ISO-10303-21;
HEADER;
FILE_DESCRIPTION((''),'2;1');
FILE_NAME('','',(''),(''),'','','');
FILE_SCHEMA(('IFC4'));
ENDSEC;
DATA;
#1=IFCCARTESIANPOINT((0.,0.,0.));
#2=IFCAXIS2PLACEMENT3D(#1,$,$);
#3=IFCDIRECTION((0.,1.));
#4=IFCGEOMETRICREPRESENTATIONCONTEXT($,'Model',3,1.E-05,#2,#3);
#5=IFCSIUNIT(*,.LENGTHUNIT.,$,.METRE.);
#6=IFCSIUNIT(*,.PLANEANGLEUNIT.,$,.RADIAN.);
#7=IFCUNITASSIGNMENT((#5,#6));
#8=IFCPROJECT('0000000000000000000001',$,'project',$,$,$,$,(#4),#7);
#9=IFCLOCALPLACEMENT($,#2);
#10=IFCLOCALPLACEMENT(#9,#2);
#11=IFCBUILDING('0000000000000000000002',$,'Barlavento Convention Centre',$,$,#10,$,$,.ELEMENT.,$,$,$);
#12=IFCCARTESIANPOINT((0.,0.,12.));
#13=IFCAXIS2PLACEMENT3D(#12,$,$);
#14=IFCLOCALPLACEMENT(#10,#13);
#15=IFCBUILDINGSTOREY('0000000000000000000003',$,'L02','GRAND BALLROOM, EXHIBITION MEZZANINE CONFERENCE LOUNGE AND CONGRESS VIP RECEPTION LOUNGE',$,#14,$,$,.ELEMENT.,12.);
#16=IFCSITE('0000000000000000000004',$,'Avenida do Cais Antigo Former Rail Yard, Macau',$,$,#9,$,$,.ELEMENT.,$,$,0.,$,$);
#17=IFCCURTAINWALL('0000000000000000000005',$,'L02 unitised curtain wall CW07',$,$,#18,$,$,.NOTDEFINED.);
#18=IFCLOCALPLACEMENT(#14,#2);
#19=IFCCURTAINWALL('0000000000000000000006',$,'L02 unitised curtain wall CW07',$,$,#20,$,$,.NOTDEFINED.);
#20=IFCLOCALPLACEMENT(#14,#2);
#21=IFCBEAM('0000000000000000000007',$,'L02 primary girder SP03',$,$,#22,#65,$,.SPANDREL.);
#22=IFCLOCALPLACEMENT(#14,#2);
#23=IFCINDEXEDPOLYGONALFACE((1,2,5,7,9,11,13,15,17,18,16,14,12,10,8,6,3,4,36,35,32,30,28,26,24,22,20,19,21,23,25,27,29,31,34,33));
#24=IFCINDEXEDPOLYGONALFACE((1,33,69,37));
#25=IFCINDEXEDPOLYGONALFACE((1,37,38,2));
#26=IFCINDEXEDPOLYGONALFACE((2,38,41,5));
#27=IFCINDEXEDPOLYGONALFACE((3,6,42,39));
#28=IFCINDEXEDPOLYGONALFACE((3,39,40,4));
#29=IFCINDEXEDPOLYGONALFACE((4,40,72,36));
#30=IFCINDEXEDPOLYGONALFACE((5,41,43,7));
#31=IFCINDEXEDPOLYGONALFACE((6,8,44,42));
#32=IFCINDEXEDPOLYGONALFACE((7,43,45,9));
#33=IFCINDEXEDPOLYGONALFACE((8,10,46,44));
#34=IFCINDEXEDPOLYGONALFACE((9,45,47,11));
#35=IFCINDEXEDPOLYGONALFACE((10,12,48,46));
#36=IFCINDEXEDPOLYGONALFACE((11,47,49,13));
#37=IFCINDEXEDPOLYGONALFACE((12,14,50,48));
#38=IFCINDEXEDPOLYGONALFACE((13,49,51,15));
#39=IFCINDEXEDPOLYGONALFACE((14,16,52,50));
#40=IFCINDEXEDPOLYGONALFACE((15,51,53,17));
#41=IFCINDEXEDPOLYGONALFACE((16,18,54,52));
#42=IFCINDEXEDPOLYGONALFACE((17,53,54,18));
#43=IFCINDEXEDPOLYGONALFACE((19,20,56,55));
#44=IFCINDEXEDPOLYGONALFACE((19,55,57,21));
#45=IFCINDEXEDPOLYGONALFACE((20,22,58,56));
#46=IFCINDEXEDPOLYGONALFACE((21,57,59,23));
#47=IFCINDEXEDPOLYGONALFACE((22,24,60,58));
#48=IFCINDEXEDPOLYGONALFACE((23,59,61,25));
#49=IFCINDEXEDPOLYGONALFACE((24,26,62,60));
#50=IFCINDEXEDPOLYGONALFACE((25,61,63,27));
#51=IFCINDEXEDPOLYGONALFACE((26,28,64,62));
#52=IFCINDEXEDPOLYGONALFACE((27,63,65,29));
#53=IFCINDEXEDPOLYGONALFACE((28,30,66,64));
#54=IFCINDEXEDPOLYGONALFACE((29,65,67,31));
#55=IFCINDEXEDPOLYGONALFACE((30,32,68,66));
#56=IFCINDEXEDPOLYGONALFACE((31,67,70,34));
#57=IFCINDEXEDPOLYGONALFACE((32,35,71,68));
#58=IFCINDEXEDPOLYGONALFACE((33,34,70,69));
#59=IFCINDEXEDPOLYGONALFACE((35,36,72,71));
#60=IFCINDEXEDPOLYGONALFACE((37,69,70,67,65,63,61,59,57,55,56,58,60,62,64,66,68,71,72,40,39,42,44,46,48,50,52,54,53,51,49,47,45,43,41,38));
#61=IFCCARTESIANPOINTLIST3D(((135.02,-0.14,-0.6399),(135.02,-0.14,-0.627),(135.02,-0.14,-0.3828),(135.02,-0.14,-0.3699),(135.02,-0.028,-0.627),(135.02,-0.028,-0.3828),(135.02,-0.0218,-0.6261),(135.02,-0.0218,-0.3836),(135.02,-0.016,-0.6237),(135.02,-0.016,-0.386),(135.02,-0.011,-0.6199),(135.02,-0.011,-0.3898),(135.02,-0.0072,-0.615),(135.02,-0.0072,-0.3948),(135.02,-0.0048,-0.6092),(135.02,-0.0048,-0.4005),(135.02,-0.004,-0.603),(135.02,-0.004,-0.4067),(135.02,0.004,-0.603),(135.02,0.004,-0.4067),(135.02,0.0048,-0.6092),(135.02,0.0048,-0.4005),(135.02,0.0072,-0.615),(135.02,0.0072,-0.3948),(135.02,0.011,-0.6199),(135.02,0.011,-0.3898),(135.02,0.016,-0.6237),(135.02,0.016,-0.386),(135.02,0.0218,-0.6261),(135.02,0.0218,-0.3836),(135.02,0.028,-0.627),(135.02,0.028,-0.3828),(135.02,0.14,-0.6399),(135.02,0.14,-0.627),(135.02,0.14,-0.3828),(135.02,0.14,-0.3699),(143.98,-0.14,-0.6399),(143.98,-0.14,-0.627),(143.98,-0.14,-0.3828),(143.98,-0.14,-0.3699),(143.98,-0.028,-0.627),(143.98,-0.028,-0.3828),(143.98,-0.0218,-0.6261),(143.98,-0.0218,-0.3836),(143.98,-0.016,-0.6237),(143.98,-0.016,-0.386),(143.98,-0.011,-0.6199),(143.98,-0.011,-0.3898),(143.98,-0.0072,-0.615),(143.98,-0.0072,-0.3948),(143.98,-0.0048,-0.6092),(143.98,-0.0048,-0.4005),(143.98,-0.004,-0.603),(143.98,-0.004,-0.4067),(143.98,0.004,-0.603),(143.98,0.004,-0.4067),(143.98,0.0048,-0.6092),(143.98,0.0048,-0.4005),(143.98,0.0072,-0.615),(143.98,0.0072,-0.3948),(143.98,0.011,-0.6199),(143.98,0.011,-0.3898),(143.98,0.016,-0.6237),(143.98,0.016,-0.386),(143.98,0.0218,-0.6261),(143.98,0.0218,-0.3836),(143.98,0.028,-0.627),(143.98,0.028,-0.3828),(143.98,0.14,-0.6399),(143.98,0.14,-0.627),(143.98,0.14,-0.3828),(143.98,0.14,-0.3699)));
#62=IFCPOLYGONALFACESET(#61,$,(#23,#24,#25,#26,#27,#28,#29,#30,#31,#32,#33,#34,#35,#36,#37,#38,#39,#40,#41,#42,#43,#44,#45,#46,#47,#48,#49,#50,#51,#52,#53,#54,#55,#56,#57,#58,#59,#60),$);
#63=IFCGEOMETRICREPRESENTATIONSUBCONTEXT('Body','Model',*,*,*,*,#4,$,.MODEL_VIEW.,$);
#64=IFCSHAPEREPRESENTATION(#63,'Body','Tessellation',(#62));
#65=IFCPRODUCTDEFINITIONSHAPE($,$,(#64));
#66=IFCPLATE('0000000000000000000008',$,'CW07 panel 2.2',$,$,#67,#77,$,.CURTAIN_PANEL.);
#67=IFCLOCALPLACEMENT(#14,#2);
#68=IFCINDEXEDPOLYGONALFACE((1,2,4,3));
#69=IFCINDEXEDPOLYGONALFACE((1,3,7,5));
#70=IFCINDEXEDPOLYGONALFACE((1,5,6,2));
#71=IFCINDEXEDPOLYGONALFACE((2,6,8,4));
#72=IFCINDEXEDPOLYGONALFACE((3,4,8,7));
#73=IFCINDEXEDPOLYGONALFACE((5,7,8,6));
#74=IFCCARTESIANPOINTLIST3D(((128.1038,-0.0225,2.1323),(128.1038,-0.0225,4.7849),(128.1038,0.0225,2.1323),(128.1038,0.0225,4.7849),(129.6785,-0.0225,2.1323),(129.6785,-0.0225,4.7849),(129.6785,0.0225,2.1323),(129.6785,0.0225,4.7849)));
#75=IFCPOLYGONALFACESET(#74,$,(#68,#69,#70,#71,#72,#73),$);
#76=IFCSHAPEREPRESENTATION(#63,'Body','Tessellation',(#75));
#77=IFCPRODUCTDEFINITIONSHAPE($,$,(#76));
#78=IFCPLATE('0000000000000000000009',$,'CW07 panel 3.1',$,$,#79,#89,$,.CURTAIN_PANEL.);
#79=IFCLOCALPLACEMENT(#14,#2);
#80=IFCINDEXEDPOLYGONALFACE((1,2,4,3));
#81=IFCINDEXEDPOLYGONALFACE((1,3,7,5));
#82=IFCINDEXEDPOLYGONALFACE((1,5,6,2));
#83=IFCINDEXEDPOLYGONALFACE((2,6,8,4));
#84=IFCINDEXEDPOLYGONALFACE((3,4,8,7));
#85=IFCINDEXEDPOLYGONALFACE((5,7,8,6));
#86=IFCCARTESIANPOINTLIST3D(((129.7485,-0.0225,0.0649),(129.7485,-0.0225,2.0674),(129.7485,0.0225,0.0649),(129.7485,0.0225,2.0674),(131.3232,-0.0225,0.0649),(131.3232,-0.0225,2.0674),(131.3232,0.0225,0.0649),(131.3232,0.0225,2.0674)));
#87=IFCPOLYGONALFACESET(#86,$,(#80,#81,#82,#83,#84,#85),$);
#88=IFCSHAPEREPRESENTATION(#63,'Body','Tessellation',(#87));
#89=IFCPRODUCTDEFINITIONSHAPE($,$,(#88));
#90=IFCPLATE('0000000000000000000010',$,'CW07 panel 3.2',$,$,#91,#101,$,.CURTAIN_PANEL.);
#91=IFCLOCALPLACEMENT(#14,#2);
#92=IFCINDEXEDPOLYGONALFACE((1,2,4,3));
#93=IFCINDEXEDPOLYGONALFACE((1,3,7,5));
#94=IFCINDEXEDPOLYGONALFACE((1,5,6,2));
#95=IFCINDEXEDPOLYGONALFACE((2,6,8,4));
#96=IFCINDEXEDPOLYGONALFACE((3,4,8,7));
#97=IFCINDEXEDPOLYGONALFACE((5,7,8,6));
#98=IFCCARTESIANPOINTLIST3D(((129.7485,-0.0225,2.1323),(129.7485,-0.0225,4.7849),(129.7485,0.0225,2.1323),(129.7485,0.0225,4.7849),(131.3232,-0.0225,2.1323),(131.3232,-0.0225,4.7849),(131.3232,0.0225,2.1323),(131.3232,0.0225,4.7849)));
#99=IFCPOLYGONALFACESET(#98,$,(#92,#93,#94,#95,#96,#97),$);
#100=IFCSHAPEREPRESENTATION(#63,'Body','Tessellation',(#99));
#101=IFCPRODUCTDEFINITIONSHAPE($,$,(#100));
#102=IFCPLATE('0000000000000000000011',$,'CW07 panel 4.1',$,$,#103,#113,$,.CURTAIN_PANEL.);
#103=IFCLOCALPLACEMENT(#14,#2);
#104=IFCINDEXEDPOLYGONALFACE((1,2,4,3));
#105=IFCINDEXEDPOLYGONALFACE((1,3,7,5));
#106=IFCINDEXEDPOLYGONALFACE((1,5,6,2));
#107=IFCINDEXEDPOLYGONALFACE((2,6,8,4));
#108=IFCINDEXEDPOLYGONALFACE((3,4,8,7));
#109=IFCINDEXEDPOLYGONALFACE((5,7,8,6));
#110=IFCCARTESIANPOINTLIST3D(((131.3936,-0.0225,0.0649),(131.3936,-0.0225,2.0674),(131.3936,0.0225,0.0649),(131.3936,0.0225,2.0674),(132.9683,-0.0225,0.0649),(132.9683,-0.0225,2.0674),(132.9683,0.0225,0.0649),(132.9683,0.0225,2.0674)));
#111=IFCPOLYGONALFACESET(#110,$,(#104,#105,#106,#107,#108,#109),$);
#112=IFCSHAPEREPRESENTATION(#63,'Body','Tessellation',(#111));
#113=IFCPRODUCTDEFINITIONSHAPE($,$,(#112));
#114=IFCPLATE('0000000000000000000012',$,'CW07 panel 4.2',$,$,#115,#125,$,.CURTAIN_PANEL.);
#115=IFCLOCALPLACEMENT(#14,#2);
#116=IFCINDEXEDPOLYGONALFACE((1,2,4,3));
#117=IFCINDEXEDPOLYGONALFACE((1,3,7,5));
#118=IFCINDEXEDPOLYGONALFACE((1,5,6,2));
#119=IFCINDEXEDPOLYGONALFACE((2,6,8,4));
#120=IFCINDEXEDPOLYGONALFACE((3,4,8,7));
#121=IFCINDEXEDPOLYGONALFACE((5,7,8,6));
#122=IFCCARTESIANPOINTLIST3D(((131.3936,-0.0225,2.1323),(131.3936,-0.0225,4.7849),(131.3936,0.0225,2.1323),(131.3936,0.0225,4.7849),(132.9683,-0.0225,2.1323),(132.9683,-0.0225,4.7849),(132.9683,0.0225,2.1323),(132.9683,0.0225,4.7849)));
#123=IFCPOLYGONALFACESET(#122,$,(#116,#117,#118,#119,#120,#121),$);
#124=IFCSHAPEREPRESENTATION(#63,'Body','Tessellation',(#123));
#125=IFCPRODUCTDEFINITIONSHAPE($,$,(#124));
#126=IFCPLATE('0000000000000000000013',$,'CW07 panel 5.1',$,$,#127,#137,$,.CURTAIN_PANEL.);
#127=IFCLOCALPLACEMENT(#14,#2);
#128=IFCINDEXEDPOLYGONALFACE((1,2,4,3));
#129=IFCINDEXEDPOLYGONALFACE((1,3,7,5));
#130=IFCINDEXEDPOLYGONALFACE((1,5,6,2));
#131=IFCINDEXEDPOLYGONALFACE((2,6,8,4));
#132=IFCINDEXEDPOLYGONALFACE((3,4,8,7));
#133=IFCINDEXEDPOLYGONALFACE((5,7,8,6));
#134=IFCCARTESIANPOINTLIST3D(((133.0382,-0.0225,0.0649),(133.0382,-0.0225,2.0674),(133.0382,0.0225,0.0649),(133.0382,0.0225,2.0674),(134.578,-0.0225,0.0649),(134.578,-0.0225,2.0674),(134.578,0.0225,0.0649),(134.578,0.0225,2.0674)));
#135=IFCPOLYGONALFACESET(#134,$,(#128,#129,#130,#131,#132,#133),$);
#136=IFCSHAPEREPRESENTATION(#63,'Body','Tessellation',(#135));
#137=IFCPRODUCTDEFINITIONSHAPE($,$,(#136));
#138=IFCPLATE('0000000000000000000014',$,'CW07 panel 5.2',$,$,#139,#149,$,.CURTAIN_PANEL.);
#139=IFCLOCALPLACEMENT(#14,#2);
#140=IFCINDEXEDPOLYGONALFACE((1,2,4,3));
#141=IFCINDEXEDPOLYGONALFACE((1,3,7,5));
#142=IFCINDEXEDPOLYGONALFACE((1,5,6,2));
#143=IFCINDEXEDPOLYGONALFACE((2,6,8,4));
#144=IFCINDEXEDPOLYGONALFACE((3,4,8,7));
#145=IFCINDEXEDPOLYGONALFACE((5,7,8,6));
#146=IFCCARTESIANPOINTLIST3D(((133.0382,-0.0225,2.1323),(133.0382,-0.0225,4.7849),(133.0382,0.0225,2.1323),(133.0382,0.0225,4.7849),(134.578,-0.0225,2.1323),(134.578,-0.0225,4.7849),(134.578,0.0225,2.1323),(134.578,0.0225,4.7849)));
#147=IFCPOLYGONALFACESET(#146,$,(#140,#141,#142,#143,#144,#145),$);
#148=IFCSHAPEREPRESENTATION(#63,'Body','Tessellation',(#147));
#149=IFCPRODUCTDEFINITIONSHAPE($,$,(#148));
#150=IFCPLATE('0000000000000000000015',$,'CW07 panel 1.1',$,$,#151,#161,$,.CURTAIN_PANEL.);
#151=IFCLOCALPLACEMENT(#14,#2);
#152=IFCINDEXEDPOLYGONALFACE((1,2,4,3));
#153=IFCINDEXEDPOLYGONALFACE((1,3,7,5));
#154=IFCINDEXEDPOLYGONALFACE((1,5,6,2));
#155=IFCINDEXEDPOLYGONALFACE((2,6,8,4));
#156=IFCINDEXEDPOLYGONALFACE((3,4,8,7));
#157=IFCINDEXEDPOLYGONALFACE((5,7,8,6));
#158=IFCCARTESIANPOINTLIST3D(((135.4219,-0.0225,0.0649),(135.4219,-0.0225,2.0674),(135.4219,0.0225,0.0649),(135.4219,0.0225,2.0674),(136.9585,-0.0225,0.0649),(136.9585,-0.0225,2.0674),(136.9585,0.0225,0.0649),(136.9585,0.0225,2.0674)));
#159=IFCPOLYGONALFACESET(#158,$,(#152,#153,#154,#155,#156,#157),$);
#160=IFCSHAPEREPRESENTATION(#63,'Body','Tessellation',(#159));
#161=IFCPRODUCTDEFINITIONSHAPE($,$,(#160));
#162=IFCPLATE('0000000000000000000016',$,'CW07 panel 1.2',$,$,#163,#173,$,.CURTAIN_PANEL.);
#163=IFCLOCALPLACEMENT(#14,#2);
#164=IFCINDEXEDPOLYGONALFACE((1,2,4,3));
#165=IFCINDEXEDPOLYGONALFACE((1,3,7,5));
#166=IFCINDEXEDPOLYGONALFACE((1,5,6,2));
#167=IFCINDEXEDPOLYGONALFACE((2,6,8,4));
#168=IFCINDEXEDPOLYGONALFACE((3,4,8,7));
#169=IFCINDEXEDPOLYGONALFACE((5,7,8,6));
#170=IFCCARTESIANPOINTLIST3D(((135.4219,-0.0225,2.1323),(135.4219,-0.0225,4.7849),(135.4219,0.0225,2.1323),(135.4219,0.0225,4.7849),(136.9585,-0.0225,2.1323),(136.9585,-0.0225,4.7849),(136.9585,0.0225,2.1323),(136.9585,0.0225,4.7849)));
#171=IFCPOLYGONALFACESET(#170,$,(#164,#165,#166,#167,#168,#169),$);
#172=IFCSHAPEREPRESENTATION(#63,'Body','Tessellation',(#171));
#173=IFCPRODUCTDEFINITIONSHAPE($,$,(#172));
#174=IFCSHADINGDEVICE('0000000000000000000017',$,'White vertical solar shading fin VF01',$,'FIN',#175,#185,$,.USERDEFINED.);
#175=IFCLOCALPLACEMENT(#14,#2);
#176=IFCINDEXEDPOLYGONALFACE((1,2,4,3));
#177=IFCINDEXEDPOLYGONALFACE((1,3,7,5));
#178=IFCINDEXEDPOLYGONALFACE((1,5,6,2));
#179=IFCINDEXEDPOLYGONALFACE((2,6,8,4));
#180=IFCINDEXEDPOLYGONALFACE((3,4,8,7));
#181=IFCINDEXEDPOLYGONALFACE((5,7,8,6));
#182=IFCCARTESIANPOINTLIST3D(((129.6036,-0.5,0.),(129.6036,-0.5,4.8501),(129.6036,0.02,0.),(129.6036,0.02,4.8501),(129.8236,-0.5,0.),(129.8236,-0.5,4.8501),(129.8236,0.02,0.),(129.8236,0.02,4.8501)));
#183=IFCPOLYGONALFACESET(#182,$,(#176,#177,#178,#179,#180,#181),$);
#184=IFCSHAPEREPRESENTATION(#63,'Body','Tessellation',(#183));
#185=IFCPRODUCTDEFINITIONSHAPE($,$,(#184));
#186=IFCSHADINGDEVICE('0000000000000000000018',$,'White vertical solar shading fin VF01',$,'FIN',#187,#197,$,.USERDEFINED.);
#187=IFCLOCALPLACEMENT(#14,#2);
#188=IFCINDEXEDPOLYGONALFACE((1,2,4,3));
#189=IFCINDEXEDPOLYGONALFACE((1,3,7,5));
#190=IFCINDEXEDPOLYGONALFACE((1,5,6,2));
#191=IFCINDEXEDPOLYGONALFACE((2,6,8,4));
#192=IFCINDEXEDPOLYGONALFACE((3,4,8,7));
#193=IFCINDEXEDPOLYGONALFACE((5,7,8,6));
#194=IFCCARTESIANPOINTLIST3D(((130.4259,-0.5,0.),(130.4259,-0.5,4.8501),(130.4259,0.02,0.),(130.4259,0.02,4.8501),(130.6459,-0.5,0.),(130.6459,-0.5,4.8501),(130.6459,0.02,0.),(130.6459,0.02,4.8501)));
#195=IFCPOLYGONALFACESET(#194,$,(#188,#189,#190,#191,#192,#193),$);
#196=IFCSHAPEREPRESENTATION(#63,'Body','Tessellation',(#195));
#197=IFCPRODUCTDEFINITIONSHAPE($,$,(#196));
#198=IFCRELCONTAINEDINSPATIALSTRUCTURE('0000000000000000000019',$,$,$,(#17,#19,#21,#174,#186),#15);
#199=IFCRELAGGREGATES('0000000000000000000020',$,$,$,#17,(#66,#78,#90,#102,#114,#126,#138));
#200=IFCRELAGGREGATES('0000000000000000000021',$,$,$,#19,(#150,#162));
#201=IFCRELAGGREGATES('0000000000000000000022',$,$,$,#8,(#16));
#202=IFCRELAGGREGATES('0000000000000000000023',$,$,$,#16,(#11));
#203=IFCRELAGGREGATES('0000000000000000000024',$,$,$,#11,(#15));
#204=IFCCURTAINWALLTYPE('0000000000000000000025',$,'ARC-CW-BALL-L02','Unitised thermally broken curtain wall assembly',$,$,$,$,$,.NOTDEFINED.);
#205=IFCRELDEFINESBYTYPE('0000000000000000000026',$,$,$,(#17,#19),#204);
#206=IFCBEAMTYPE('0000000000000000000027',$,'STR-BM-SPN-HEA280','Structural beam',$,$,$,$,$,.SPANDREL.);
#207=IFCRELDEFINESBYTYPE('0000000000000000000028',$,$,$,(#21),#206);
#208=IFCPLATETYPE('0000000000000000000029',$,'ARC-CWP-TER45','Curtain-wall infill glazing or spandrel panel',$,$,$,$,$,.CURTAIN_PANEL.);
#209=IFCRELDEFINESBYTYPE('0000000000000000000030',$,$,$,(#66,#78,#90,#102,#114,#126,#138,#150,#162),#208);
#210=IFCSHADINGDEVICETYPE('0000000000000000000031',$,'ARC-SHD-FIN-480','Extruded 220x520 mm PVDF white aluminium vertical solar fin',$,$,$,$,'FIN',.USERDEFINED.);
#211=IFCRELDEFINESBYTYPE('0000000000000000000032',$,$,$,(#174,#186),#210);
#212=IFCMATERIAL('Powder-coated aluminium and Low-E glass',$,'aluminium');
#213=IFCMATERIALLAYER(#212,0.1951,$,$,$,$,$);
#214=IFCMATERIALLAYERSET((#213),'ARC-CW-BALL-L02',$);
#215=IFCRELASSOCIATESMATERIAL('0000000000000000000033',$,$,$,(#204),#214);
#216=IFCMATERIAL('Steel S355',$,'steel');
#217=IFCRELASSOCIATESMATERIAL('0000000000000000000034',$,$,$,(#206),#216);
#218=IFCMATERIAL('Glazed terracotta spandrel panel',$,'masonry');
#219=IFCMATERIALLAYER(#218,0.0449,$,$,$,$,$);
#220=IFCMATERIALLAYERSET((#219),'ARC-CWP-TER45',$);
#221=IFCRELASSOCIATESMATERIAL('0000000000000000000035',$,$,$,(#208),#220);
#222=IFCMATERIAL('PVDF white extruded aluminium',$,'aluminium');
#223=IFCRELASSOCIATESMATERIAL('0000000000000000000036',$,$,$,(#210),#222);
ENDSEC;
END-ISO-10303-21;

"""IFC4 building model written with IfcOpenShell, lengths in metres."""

from ifc_helpers import new_model, si_unit, direction, frame, origin, origin_2d, place, context, subcontext, project, spatial, rectangle, i_section, extrude, material, layer, layer_set, material_profile, profile_set, type_object, element, aggregate, save


model = new_model("IFC4")

# Units and contexts
model_context = context("Model", 3, precision=1e-05, world=origin(), true_north=direction((0.0, 1.0)))
body_context = subcontext(model_context, "Body", "Model", "MODEL_VIEW")
ifc_project = project(units=[si_unit("LENGTHUNIT", "METRE"), si_unit("PLANEANGLEUNIT", "RADIAN")], contexts=[model_context])

# Site, building, storey
site_placement = place(None, origin())
site = spatial("IfcSite", under=ifc_project, at=site_placement, Name="Avenida do Cais Antigo Former Rail Yard, Macau", CompositionType="ELEMENT", RefElevation=0.0)
building_placement = place(site_placement, origin())
building = spatial("IfcBuilding", under=site, at=building_placement, Name="Barlavento Convention Centre", CompositionType="ELEMENT")
storey_placement = place(building_placement, frame((0.0, 0.0, 12.0)))
storey = spatial("IfcBuildingStorey", under=building, at=storey_placement, Name="L02", Description="GRAND BALLROOM, EXHIBITION MEZZANINE CONFERENCE LOUNGE AND CONGRESS VIP RECEPTION LOUNGE", CompositionType="ELEMENT", Elevation=12.0)

# Shared definitions
ifc_material_1 = material(Name="Steel S355", Category="steel")

# Curtain walls
ifc_material_2 = material(Name="Powder-coated aluminium and Low-E glass", Category="aluminium")
ifc_layer_1 = layer(ifc_material_2, 0.1951)
ifc_layer_set_1 = layer_set([ifc_layer_1], Name="ARC-CW-BALL-L02")
curtain_wall_type = type_object("IfcCurtainWallType", Name="ARC-CW-BALL-L02", Description="Unitised thermally broken curtain wall assembly", PredefinedType="NOTDEFINED", material=ifc_layer_set_1)
curtain_wall_1_placement = place(storey_placement, origin())
curtain_wall_1 = element("IfcCurtainWall", 1, at=curtain_wall_1_placement, inside=storey, type_object=curtain_wall_type, Name="L02 unitised curtain wall CW07", PredefinedType="NOTDEFINED")
curtain_wall_2_placement = place(storey_placement, origin())
curtain_wall_2 = element("IfcCurtainWall", 2, at=curtain_wall_2_placement, inside=storey, type_object=curtain_wall_type, Name="L02 unitised curtain wall CW07", PredefinedType="NOTDEFINED")

# Beam
ifc_material_profile_1 = material_profile(ifc_material_1, i_section(OverallWidth=0.28, OverallDepth=0.27, WebThickness=0.0081, FlangeThickness=0.0129, FilletRadius=0.0239, at=origin_2d()), Name="HEA 280")
ifc_profile_set_1 = profile_set([ifc_material_profile_1], Name="Steel S355")
beam_type_1 = type_object("IfcBeamType", Name="STR-BM-SPN-HEA280", Description="Structural beam", PredefinedType="SPANDREL", material=ifc_profile_set_1)
beam_1_placement = place(storey_placement, frame((135.02, 0.0, -0.5049), z_axis=(1.0, 0.0, 0.0), x_axis=(0.0, 1.0, 0.0)))
element("IfcBeam", 3, at=beam_1_placement, inside=storey, type_object=beam_type_1, Name="L02 primary girder SP03", PredefinedType="SPANDREL", context=body_context, shape_type="SweptSolid", body=[
    extrude(i_section(OverallWidth=0.28, OverallDepth=0.27, WebThickness=0.0081, FlangeThickness=0.0129, FilletRadius=0.0239, at=origin_2d()), origin(), (0.0, 0.0, 1.0), 8.96),
])

# Plates
ifc_material_3 = material(Name="Glazed terracotta spandrel panel", Category="masonry")
ifc_layer_2 = layer(ifc_material_3, 0.0449)
ifc_layer_set_2 = layer_set([ifc_layer_2], Name="ARC-CWP-TER45")
plate_type = type_object("IfcPlateType", Name="ARC-CWP-TER45", Description="Curtain-wall infill glazing or spandrel panel", PredefinedType="CURTAIN_PANEL", material=ifc_layer_set_2)
plate_1_placement = place(storey_placement, frame((128.8911, 0.0, 2.1323), z_axis=(0.0, 0.0, 1.0), x_axis=(1.0, 0.0, 0.0)))
plate_1 = element("IfcPlate", 4, at=plate_1_placement, type_object=plate_type, Name="CW07 panel 2.2", PredefinedType="CURTAIN_PANEL", context=body_context, shape_type="SweptSolid", body=[
    extrude(rectangle(XDim=1.5747, YDim=0.0449, at=origin_2d()), origin(), (0.0, 0.0, 1.0), 2.6526),
])
plate_2_placement = place(storey_placement, frame((130.5359, 0.0, 0.0649), z_axis=(0.0, 0.0, 1.0), x_axis=(1.0, 0.0, 0.0)))
plate_2 = element("IfcPlate", 5, at=plate_2_placement, type_object=plate_type, Name="CW07 panel 3.1", PredefinedType="CURTAIN_PANEL", context=body_context, shape_type="SweptSolid", body=[
    extrude(rectangle(XDim=1.5747, YDim=0.0449, at=origin_2d()), origin(), (0.0, 0.0, 1.0), 2.0024),
])
plate_3_placement = place(storey_placement, frame((130.5359, 0.0, 2.1323), z_axis=(0.0, 0.0, 1.0), x_axis=(1.0, 0.0, 0.0)))
plate_3 = element("IfcPlate", 6, at=plate_3_placement, type_object=plate_type, Name="CW07 panel 3.2", PredefinedType="CURTAIN_PANEL", context=body_context, shape_type="SweptSolid", body=[
    extrude(rectangle(XDim=1.5747, YDim=0.0449, at=origin_2d()), origin(), (0.0, 0.0, 1.0), 2.6526),
])
plate_4_placement = place(storey_placement, frame((132.1809, 0.0, 0.0649), z_axis=(0.0, 0.0, 1.0), x_axis=(1.0, 0.0, 0.0)))
plate_4 = element("IfcPlate", 7, at=plate_4_placement, type_object=plate_type, Name="CW07 panel 4.1", PredefinedType="CURTAIN_PANEL", context=body_context, shape_type="SweptSolid", body=[
    extrude(rectangle(XDim=1.5747, YDim=0.0449, at=origin_2d()), origin(), (0.0, 0.0, 1.0), 2.0024),
])
plate_5_placement = place(storey_placement, frame((132.1809, 0.0, 2.1323), z_axis=(0.0, 0.0, 1.0), x_axis=(1.0, 0.0, 0.0)))
plate_5 = element("IfcPlate", 8, at=plate_5_placement, type_object=plate_type, Name="CW07 panel 4.2", PredefinedType="CURTAIN_PANEL", context=body_context, shape_type="SweptSolid", body=[
    extrude(rectangle(XDim=1.5747, YDim=0.0449, at=origin_2d()), origin(), (0.0, 0.0, 1.0), 2.6526),
])
plate_6_placement = place(storey_placement, frame((133.8081, 0.0, 0.0649), z_axis=(0.0, 0.0, 1.0), x_axis=(1.0, 0.0, 0.0)))
plate_6 = element("IfcPlate", 9, at=plate_6_placement, type_object=plate_type, Name="CW07 panel 5.1", PredefinedType="CURTAIN_PANEL", context=body_context, shape_type="SweptSolid", body=[
    extrude(rectangle(XDim=1.5398, YDim=0.0449, at=origin_2d()), origin(), (0.0, 0.0, 1.0), 2.0024),
])
plate_7_placement = place(storey_placement, frame((133.8081, 0.0, 2.1323), z_axis=(0.0, 0.0, 1.0), x_axis=(1.0, 0.0, 0.0)))
plate_7 = element("IfcPlate", 10, at=plate_7_placement, type_object=plate_type, Name="CW07 panel 5.2", PredefinedType="CURTAIN_PANEL", context=body_context, shape_type="SweptSolid", body=[
    extrude(rectangle(XDim=1.5398, YDim=0.0449, at=origin_2d()), origin(), (0.0, 0.0, 1.0), 2.6526),
])
aggregate(curtain_wall_1, [plate_1, plate_2, plate_3, plate_4, plate_5, plate_6, plate_7])
plate_8_placement = place(storey_placement, frame((136.1902, 0.0, 0.0649), z_axis=(0.0, 0.0, 1.0), x_axis=(1.0, 0.0, 0.0)))
plate_8 = element("IfcPlate", 11, at=plate_8_placement, type_object=plate_type, Name="CW07 panel 1.1", PredefinedType="CURTAIN_PANEL", context=body_context, shape_type="SweptSolid", body=[
    extrude(rectangle(XDim=1.5366, YDim=0.0449, at=origin_2d()), origin(), (0.0, 0.0, 1.0), 2.0024),
])
plate_9_placement = place(storey_placement, frame((136.1902, 0.0, 2.1323), z_axis=(0.0, 0.0, 1.0), x_axis=(1.0, 0.0, 0.0)))
plate_9 = element("IfcPlate", 12, at=plate_9_placement, type_object=plate_type, Name="CW07 panel 1.2", PredefinedType="CURTAIN_PANEL", context=body_context, shape_type="SweptSolid", body=[
    extrude(rectangle(XDim=1.5366, YDim=0.0449, at=origin_2d()), origin(), (0.0, 0.0, 1.0), 2.6526),
])
aggregate(curtain_wall_2, [plate_8, plate_9])

# Shading devices
ifc_material_4 = material(Name="PVDF white extruded aluminium", Category="aluminium")
shading_device_type = type_object("IfcShadingDeviceType", Name="ARC-SHD-FIN-480", Description="Extruded 220x520 mm PVDF white aluminium vertical solar fin", ElementType="FIN", PredefinedType="USERDEFINED", material=ifc_material_4)
for number, where, z_axis, x_axis, name in (
    (13, (129.7136, -0.24, 0.0), (0.0, 0.0, 1.0), (1.0, 0.0, 0.0), "White vertical solar shading fin VF01"),
    (14, (130.5359, -0.24, 0.0), (0.0, 0.0, 1.0), (1.0, 0.0, 0.0), "White vertical solar shading fin VF01"),
):
    element("IfcShadingDevice", number, at=place(storey_placement, frame(where, z_axis=z_axis, x_axis=x_axis)), inside=storey, type_object=shading_device_type, Name=name, ObjectType="FIN", PredefinedType="USERDEFINED", context=body_context, shape_type="SweptSolid", body=[
        extrude(rectangle(XDim=0.22, YDim=0.52, at=origin_2d()), origin(), (0.0, 0.0, 1.0), 4.8501),
    ])

save(model, "model.ifc")
